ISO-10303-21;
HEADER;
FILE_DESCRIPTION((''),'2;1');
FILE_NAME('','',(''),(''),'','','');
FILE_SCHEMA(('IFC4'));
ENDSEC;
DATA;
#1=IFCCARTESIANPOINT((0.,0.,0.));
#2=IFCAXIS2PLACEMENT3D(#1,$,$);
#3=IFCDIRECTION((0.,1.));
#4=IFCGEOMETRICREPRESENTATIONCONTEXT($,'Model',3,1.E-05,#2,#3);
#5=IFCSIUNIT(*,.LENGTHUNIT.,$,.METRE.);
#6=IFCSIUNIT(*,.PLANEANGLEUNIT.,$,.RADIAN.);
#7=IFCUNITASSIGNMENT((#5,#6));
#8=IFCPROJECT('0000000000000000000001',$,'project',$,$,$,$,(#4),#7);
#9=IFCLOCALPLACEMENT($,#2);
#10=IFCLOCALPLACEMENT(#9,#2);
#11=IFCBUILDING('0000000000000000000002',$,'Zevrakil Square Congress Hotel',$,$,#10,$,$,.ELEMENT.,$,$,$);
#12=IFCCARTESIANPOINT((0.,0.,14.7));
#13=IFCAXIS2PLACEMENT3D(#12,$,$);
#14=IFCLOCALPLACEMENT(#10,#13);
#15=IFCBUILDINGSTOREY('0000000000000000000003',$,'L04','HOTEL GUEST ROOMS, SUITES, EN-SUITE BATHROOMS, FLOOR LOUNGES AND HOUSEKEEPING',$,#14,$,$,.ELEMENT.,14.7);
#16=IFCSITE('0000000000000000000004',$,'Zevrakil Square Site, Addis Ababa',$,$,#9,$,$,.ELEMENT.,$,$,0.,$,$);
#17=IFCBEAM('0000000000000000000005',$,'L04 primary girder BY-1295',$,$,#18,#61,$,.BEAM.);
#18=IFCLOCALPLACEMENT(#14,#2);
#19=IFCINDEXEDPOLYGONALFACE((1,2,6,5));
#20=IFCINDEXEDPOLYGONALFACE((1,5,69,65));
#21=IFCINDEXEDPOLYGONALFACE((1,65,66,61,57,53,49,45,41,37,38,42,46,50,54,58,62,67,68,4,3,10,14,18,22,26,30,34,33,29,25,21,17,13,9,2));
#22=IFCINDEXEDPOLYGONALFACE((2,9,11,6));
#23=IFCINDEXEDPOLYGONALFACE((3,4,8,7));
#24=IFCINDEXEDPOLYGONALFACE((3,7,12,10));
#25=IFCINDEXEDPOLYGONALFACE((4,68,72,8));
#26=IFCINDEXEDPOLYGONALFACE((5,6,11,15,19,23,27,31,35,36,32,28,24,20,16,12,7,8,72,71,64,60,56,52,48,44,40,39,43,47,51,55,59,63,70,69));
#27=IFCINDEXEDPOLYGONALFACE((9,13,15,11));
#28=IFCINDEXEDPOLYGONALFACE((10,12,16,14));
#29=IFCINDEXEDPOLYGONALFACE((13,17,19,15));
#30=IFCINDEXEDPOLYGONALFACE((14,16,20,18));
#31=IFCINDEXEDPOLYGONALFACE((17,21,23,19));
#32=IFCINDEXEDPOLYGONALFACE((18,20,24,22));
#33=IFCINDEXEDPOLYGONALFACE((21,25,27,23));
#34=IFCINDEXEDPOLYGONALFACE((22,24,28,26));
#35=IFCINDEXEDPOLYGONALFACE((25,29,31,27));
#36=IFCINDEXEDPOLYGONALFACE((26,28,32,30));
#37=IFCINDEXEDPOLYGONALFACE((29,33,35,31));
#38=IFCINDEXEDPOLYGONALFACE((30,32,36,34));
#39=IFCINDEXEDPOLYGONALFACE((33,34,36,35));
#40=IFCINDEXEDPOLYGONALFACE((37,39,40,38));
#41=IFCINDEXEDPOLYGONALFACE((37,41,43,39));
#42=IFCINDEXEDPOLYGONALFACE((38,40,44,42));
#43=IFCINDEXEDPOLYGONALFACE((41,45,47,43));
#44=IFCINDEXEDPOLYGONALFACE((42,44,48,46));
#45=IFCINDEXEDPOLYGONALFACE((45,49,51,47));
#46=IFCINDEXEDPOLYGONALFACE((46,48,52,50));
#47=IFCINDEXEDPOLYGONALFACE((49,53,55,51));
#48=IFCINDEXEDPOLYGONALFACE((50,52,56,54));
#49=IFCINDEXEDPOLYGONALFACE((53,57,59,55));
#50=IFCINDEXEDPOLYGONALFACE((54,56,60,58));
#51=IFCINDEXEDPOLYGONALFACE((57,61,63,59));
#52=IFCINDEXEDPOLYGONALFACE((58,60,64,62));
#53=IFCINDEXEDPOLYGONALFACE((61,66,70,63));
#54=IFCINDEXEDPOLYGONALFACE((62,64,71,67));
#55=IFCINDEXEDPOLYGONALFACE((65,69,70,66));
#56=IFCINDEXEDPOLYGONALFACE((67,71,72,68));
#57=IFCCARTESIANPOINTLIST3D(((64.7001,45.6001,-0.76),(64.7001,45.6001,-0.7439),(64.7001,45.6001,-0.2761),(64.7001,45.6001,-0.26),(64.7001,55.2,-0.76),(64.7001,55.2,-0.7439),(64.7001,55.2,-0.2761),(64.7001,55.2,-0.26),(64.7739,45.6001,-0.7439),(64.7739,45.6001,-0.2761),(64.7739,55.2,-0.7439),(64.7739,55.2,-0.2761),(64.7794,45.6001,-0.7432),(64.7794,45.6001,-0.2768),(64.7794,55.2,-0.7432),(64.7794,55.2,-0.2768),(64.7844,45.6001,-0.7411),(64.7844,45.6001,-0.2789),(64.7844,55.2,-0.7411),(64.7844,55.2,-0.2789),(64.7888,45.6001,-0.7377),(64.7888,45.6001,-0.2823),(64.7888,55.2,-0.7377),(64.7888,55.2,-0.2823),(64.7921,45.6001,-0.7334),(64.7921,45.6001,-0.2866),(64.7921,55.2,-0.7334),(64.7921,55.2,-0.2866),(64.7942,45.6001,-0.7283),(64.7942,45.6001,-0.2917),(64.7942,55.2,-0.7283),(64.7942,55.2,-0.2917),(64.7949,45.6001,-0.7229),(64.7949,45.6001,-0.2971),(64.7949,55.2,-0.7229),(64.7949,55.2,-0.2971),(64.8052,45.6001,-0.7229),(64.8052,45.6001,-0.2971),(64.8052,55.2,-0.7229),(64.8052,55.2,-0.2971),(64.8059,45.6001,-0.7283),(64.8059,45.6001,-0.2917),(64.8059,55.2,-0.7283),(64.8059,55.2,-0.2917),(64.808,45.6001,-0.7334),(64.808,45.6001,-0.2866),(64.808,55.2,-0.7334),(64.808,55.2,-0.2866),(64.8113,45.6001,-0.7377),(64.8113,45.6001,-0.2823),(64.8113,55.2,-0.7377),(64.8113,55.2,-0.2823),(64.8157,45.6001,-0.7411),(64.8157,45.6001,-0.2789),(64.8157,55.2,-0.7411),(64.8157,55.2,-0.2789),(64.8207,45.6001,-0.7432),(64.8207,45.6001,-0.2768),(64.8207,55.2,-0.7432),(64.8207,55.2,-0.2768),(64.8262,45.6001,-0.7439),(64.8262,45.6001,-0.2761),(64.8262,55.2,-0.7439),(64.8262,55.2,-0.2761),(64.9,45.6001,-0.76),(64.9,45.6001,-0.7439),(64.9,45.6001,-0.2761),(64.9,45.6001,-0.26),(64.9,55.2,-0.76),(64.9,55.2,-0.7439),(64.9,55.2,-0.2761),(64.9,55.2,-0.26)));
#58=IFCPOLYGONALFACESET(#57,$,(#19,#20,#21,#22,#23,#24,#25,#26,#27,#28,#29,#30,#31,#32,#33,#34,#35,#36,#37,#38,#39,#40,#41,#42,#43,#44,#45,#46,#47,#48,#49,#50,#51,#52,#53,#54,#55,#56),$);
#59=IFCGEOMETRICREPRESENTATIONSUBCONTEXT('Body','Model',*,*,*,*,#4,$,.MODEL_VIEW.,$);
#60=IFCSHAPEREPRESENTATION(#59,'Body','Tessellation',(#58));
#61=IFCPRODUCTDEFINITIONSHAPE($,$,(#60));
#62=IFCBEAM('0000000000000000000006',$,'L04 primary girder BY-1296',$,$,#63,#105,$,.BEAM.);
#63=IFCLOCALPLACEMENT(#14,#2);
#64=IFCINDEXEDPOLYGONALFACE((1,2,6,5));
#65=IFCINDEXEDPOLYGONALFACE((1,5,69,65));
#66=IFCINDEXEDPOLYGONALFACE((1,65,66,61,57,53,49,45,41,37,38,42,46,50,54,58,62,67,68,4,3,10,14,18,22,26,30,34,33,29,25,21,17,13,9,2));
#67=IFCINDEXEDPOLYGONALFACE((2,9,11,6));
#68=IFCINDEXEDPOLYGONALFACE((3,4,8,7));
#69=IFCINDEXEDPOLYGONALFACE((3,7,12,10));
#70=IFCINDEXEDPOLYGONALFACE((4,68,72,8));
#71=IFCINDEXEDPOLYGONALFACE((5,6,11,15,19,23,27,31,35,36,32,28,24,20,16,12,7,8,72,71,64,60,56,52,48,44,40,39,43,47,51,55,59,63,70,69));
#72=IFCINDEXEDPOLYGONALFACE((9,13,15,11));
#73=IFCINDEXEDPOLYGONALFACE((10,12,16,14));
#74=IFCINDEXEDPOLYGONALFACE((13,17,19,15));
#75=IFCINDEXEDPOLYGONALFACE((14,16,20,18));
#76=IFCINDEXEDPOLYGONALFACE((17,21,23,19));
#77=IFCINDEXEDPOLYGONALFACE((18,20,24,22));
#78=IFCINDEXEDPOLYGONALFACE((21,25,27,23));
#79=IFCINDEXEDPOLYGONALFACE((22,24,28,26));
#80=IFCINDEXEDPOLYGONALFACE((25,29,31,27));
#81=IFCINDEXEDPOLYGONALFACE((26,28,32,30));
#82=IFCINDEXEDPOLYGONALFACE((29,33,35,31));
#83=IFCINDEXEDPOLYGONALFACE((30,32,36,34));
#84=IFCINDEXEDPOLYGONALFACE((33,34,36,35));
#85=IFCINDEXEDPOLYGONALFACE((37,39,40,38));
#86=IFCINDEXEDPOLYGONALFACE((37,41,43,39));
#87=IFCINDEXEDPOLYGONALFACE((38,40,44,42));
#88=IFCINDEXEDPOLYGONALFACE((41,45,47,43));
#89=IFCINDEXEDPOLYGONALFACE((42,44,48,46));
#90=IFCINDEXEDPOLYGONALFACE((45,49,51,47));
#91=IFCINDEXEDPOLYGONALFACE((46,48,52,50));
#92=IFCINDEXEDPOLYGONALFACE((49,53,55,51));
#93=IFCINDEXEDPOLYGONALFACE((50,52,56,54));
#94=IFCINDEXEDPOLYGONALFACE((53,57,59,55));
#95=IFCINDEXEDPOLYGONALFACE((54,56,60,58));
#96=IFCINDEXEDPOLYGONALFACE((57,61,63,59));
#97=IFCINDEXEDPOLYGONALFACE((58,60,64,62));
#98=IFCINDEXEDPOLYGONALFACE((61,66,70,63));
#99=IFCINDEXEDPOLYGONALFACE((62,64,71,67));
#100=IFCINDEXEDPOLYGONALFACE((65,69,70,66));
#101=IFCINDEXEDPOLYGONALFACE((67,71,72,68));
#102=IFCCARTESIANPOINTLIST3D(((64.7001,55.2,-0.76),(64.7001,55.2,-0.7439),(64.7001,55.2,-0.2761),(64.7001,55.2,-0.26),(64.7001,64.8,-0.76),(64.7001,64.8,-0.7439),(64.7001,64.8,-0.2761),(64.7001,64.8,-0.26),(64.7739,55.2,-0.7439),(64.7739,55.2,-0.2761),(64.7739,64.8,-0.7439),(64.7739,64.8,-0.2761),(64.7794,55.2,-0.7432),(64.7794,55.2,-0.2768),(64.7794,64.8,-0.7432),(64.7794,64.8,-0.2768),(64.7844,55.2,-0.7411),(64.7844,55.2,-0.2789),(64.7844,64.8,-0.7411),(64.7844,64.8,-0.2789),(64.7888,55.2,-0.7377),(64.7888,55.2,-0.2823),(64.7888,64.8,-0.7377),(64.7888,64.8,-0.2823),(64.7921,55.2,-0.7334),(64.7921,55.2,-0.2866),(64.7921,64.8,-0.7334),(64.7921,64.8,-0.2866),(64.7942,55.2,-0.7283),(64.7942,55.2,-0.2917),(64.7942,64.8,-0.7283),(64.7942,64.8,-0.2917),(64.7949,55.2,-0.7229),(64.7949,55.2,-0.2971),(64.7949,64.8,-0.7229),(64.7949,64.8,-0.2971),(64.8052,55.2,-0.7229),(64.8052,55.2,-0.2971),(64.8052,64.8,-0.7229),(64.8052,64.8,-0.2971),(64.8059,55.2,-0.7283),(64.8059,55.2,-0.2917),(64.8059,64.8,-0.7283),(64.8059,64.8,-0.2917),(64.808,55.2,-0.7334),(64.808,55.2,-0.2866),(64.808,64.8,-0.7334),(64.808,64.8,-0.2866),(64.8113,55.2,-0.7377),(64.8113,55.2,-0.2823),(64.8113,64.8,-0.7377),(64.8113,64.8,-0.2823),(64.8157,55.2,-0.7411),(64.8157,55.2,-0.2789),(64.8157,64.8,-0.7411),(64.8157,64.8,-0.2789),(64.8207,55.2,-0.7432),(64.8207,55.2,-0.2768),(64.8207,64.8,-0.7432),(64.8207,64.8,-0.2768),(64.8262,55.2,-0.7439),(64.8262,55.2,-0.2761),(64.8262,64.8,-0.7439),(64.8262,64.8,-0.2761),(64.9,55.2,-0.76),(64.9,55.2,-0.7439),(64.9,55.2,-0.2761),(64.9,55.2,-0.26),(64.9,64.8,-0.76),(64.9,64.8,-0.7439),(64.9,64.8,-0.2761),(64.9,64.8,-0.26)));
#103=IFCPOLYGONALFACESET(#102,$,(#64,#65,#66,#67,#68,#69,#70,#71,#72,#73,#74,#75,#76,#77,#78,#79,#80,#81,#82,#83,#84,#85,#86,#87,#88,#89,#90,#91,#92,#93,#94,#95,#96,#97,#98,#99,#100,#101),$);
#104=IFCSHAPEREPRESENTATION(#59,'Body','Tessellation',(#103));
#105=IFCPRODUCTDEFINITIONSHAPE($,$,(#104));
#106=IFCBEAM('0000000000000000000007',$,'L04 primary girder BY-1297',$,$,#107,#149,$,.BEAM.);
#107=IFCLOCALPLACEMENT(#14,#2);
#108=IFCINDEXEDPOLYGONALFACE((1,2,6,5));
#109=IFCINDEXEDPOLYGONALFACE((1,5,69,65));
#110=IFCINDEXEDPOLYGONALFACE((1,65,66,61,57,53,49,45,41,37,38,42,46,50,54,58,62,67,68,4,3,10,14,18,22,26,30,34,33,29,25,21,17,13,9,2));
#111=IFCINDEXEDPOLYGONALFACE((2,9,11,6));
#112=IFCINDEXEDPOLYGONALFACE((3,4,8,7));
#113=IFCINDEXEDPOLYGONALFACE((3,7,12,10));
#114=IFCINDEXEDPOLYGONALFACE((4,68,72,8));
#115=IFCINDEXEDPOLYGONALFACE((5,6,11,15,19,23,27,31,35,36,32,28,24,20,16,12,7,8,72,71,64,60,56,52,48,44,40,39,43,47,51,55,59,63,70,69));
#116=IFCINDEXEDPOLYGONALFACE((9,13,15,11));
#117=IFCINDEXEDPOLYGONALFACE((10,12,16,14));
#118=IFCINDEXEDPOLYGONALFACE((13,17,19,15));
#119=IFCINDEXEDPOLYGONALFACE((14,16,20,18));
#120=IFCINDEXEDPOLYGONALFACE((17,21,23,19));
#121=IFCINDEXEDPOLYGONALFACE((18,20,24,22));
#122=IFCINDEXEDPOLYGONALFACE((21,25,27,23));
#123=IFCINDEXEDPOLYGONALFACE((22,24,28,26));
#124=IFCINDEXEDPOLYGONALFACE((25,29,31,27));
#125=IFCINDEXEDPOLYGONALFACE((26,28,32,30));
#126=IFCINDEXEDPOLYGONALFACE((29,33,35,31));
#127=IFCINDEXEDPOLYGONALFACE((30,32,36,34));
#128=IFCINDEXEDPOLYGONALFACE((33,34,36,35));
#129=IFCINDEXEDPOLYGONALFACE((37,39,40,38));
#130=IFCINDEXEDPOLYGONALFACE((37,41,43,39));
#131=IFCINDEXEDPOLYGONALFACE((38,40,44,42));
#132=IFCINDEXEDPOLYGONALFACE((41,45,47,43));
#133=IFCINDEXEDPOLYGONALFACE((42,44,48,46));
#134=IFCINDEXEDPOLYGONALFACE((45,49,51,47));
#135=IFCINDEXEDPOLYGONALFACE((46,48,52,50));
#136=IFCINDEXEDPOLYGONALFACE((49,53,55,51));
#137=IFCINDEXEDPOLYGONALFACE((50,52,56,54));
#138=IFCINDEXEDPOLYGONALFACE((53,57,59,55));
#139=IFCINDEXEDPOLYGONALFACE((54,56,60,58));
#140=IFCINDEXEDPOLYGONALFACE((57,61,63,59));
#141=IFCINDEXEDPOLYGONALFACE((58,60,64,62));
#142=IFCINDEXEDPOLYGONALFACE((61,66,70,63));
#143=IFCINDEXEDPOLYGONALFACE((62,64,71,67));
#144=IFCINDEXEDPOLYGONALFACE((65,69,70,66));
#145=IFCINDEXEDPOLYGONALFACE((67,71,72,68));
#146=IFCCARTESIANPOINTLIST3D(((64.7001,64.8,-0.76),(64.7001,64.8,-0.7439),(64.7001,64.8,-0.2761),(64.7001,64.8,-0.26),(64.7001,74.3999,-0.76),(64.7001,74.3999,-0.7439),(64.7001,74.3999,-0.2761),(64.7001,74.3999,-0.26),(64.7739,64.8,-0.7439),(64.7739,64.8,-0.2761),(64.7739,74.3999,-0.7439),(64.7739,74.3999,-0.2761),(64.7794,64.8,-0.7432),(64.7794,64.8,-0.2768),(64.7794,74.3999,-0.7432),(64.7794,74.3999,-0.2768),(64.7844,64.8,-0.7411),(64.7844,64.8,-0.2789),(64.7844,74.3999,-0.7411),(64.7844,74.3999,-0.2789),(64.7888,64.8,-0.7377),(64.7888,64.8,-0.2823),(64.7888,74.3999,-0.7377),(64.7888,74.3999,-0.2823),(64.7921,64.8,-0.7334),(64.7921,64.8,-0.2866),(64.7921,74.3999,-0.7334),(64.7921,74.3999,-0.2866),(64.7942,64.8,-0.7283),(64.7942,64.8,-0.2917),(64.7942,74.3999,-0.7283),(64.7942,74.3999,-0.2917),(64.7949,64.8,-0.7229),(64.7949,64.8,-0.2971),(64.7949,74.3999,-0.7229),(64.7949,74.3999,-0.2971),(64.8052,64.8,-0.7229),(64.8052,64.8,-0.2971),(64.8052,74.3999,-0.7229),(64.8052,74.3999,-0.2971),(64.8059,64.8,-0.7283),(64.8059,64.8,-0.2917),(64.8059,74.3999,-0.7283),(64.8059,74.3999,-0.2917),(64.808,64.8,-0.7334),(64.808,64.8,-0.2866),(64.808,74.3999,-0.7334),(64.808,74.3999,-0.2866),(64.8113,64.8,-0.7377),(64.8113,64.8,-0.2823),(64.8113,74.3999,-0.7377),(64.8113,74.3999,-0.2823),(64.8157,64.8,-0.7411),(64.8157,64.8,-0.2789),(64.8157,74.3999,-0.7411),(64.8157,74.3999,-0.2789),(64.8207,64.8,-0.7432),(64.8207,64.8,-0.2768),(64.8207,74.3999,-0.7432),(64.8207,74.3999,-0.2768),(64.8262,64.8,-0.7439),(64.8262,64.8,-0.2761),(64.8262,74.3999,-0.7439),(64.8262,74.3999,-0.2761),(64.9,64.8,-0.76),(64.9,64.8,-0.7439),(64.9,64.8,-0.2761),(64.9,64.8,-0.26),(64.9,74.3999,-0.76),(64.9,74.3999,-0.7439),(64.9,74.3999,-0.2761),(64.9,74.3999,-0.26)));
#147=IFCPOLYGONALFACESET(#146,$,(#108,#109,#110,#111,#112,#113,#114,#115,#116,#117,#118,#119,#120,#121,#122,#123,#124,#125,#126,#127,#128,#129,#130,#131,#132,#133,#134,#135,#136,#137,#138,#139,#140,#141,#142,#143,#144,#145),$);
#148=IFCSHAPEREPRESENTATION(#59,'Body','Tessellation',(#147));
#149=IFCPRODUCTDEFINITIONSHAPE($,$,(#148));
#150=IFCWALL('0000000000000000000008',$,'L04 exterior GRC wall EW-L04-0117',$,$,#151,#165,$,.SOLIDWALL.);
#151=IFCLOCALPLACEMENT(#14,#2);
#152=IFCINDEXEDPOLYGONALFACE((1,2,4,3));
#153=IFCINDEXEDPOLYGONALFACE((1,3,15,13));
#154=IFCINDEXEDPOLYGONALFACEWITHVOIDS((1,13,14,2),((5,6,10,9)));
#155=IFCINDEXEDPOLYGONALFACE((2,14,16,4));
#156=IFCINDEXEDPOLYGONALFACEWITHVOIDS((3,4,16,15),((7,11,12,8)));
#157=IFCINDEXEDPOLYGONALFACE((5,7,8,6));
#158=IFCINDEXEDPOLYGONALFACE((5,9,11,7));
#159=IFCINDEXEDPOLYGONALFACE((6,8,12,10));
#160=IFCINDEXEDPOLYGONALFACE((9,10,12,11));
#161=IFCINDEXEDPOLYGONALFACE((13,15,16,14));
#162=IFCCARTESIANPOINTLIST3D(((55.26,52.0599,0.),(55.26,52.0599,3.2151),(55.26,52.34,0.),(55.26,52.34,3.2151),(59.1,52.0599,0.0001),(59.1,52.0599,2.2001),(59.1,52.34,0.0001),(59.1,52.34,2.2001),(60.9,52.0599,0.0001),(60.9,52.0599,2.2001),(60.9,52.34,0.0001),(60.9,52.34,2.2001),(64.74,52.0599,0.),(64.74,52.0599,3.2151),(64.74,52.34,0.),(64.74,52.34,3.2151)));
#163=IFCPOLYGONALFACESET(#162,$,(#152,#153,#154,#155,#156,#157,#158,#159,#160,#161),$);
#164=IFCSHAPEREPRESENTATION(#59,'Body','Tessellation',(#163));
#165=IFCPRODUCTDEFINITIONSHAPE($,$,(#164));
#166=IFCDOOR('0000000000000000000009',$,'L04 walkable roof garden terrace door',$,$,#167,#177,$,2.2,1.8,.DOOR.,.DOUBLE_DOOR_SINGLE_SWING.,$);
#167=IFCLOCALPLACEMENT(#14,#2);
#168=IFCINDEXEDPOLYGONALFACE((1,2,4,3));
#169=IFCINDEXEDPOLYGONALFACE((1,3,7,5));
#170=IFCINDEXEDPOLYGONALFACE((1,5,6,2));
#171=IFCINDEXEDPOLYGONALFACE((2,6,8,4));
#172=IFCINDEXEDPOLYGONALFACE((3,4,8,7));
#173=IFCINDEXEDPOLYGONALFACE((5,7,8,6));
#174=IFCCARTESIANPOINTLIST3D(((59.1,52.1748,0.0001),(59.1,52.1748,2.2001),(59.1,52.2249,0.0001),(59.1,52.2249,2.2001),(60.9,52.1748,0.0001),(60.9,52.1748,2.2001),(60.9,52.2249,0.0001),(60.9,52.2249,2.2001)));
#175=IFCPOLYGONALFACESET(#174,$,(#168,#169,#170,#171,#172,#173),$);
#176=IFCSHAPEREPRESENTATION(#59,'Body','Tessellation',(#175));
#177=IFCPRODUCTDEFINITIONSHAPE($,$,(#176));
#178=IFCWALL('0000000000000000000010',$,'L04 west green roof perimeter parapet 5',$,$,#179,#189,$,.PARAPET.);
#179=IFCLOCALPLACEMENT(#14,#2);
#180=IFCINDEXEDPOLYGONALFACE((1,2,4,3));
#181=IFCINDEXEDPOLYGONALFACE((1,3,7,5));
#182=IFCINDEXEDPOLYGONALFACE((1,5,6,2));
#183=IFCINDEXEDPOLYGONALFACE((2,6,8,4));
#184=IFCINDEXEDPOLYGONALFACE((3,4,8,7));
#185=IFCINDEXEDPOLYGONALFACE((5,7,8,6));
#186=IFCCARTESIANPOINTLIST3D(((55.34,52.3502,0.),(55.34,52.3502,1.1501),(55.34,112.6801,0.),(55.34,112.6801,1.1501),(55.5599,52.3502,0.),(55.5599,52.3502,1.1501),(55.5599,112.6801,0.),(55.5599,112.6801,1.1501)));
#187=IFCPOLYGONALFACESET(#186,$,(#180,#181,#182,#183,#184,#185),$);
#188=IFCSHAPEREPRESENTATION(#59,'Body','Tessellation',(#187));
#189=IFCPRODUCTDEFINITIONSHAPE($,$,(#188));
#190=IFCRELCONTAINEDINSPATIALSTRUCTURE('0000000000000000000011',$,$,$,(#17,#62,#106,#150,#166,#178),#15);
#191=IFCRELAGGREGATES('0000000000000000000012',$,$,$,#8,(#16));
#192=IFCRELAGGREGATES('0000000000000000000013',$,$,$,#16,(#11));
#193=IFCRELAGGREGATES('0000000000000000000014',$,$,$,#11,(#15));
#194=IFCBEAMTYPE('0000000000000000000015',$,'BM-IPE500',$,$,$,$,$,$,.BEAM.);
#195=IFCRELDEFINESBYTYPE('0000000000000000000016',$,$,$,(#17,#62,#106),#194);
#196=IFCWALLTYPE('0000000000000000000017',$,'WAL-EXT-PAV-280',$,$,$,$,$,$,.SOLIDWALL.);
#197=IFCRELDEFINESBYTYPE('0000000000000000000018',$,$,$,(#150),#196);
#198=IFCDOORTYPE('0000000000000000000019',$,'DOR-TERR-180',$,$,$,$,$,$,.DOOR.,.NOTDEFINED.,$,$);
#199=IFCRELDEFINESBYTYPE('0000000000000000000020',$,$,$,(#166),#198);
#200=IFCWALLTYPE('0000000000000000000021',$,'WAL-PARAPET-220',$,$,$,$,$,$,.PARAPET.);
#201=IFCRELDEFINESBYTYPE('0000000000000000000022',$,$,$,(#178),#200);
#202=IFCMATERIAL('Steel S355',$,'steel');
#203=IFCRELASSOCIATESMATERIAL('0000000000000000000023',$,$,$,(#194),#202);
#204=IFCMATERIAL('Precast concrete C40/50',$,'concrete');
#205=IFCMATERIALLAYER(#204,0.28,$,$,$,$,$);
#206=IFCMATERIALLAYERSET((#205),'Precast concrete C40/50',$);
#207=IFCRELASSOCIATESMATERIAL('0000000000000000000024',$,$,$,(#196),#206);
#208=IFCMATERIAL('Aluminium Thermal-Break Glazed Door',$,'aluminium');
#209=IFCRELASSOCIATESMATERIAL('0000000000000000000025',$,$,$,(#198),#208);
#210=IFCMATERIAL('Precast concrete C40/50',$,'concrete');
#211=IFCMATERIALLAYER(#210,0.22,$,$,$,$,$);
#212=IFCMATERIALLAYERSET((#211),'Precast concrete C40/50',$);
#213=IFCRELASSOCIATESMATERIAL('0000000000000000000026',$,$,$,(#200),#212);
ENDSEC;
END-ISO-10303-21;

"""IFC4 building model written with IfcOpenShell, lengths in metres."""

from ifc_helpers import new_model, si_unit, direction, frame, frame_2d, origin, origin_2d, place, context, subcontext, project, spatial, rectangle, i_section, extrude, material, layer, layer_set, material_profile, profile_set, type_object, element, fill, save


model = new_model("IFC4")

# Units and contexts
model_context = context("Model", 3, precision=1e-05, world=origin(), true_north=direction((0.0, 1.0)))
body_context = subcontext(model_context, "Body", "Model", "MODEL_VIEW")
ifc_project = project(units=[si_unit("LENGTHUNIT", "METRE"), si_unit("PLANEANGLEUNIT", "RADIAN")], contexts=[model_context])

# Site, building, storey
site_placement = place(None, origin())
site = spatial("IfcSite", under=ifc_project, at=site_placement, Name="Zevrakil Square Site, Addis Ababa", CompositionType="ELEMENT", RefElevation=0.0)
building_placement = place(site_placement, origin())
building = spatial("IfcBuilding", under=site, at=building_placement, Name="Zevrakil Square Congress Hotel", CompositionType="ELEMENT")
storey_placement = place(building_placement, frame((0.0, 0.0, 14.7)))
storey = spatial("IfcBuildingStorey", under=building, at=storey_placement, Name="L04", Description="HOTEL GUEST ROOMS, SUITES, EN-SUITE BATHROOMS, FLOOR LOUNGES AND HOUSEKEEPING", CompositionType="ELEMENT", Elevation=14.7)

# Beams
ifc_material_1 = material(Name="Steel S355", Category="steel")
ifc_material_profile_1 = material_profile(ifc_material_1, i_section(OverallWidth=0.2, OverallDepth=0.5, WebThickness=0.0103, FlangeThickness=0.0161, FilletRadius=0.021, at=origin_2d()), Name="IPE 500")
ifc_profile_set_1 = profile_set([ifc_material_profile_1], Name="Steel S355")
beam_type_1 = type_object("IfcBeamType", Name="BM-IPE500", PredefinedType="BEAM", material=ifc_profile_set_1)
beam_1_placement = place(storey_placement, frame((64.8, 45.6001, -0.51), z_axis=(0.0, 1.0, 0.0), x_axis=(-1.0, 0.0, 0.0)))
element("IfcBeam", 1, at=beam_1_placement, inside=storey, type_object=beam_type_1, Name="L04 primary girder BY-1295", PredefinedType="BEAM", context=body_context, shape_type="SweptSolid", body=[
    extrude(i_section(OverallWidth=0.2, OverallDepth=0.5, WebThickness=0.0103, FlangeThickness=0.0161, FilletRadius=0.021, at=origin_2d()), origin(), (0.0, 0.0, 1.0), 9.5999),
])
beam_2_placement = place(storey_placement, frame((64.8, 55.2, -0.51), z_axis=(0.0, 1.0, 0.0), x_axis=(-1.0, 0.0, 0.0)))
element("IfcBeam", 2, at=beam_2_placement, inside=storey, type_object=beam_type_1, Name="L04 primary girder BY-1296", PredefinedType="BEAM", context=body_context, shape_type="SweptSolid", body=[
    extrude(i_section(OverallWidth=0.2, OverallDepth=0.5, WebThickness=0.0103, FlangeThickness=0.0161, FilletRadius=0.021, at=origin_2d()), origin(), (0.0, 0.0, 1.0), 9.6001),
])
beam_3_placement = place(storey_placement, frame((64.8, 64.8, -0.51), z_axis=(0.0, 1.0, 0.0), x_axis=(-1.0, 0.0, 0.0)))
element("IfcBeam", 3, at=beam_3_placement, inside=storey, type_object=beam_type_1, Name="L04 primary girder BY-1297", PredefinedType="BEAM", context=body_context, shape_type="SweptSolid", body=[
    extrude(i_section(OverallWidth=0.2, OverallDepth=0.5, WebThickness=0.0103, FlangeThickness=0.0161, FilletRadius=0.021, at=origin_2d()), origin(), (0.0, 0.0, 1.0), 9.5999),
])

# Wall, opening, door
ifc_material_2 = material(Name="Precast concrete C40/50", Category="concrete")
ifc_layer_1 = layer(ifc_material_2, 0.28)
ifc_layer_set_1 = layer_set([ifc_layer_1], Name="Precast concrete C40/50")
wall_type_1 = type_object("IfcWallType", Name="WAL-EXT-PAV-280", PredefinedType="SOLIDWALL", material=ifc_layer_set_1)
wall_1_placement = place(storey_placement, frame((55.26, 52.2, 0.0), z_axis=(0.0, 0.0, 1.0), x_axis=(1.0, 0.0, 0.0)))
wall_1 = element("IfcWall", 4, at=wall_1_placement, inside=storey, type_object=wall_type_1, Name="L04 exterior GRC wall EW-L04-0117", PredefinedType="SOLIDWALL", context=body_context, shape_type="SweptSolid", body=[
    extrude(rectangle(XDim=9.48, YDim=0.28, at=frame_2d((4.74, 0.0))), origin(), (0.0, 0.0, 1.0), 3.2151),
])
opening_1_placement = place(wall_1_placement, frame((3.8401, 0.0, 0.0)))
opening_1 = element("IfcOpeningElement", 5, at=opening_1_placement, cuts=wall_1, PredefinedType="OPENING", context=body_context, shape_type="SweptSolid", body=[
    extrude(rectangle(XDim=1.8, YDim=2.2, at=frame_2d((0.8999, 1.1001))), frame((0.0, 0.1499, 0.0), z_axis=(0.0, -1.0, 0.0), x_axis=(1.0, 0.0, 0.0)), (0.0, 0.0, 1.0), 0.3),
])
ifc_material_3 = material(Name="Aluminium Thermal-Break Glazed Door", Category="aluminium")
door_type_1 = type_object("IfcDoorType", Name="DOR-TERR-180", OperationType="NOTDEFINED", PredefinedType="DOOR", material=ifc_material_3)
door_1_placement = place(opening_1_placement, origin())
door_1 = element("IfcDoor", 6, at=door_1_placement, inside=storey, type_object=door_type_1, Name="L04 walkable roof garden terrace door", OperationType="DOUBLE_DOOR_SINGLE_SWING", OverallHeight=2.2, OverallWidth=1.8, PredefinedType="DOOR", context=body_context, shape_type="SweptSolid", body=[
    extrude(rectangle(XDim=1.8, YDim=2.2, at=frame_2d((0.8999, 1.1001))), frame((0.0, 0.0249, 0.0), z_axis=(0.0, -1.0, 0.0), x_axis=(1.0, 0.0, 0.0)), (0.0, 0.0, 1.0), 0.05),
])
fill(opening_1, door_1)

# Wall
ifc_material_4 = material(Name="Precast concrete C40/50", Category="concrete")
ifc_layer_2 = layer(ifc_material_4, 0.22)
ifc_layer_set_2 = layer_set([ifc_layer_2], Name="Precast concrete C40/50")
wall_type_2 = type_object("IfcWallType", Name="WAL-PARAPET-220", PredefinedType="PARAPET", material=ifc_layer_set_2)
wall_2_placement = place(storey_placement, frame((55.45, 52.3501, 0.0), z_axis=(0.0, 0.0, 1.0), x_axis=(0.0, 1.0, 0.0)))
element("IfcWall", 7, at=wall_2_placement, inside=storey, type_object=wall_type_2, Name="L04 west green roof perimeter parapet 5", PredefinedType="PARAPET", context=body_context, shape_type="SweptSolid", body=[
    extrude(rectangle(XDim=60.3298, YDim=0.22, at=frame_2d((30.165, 0.0))), origin(), (0.0, 0.0, 1.0), 1.1501),
])

save(model, "model.ifc")
